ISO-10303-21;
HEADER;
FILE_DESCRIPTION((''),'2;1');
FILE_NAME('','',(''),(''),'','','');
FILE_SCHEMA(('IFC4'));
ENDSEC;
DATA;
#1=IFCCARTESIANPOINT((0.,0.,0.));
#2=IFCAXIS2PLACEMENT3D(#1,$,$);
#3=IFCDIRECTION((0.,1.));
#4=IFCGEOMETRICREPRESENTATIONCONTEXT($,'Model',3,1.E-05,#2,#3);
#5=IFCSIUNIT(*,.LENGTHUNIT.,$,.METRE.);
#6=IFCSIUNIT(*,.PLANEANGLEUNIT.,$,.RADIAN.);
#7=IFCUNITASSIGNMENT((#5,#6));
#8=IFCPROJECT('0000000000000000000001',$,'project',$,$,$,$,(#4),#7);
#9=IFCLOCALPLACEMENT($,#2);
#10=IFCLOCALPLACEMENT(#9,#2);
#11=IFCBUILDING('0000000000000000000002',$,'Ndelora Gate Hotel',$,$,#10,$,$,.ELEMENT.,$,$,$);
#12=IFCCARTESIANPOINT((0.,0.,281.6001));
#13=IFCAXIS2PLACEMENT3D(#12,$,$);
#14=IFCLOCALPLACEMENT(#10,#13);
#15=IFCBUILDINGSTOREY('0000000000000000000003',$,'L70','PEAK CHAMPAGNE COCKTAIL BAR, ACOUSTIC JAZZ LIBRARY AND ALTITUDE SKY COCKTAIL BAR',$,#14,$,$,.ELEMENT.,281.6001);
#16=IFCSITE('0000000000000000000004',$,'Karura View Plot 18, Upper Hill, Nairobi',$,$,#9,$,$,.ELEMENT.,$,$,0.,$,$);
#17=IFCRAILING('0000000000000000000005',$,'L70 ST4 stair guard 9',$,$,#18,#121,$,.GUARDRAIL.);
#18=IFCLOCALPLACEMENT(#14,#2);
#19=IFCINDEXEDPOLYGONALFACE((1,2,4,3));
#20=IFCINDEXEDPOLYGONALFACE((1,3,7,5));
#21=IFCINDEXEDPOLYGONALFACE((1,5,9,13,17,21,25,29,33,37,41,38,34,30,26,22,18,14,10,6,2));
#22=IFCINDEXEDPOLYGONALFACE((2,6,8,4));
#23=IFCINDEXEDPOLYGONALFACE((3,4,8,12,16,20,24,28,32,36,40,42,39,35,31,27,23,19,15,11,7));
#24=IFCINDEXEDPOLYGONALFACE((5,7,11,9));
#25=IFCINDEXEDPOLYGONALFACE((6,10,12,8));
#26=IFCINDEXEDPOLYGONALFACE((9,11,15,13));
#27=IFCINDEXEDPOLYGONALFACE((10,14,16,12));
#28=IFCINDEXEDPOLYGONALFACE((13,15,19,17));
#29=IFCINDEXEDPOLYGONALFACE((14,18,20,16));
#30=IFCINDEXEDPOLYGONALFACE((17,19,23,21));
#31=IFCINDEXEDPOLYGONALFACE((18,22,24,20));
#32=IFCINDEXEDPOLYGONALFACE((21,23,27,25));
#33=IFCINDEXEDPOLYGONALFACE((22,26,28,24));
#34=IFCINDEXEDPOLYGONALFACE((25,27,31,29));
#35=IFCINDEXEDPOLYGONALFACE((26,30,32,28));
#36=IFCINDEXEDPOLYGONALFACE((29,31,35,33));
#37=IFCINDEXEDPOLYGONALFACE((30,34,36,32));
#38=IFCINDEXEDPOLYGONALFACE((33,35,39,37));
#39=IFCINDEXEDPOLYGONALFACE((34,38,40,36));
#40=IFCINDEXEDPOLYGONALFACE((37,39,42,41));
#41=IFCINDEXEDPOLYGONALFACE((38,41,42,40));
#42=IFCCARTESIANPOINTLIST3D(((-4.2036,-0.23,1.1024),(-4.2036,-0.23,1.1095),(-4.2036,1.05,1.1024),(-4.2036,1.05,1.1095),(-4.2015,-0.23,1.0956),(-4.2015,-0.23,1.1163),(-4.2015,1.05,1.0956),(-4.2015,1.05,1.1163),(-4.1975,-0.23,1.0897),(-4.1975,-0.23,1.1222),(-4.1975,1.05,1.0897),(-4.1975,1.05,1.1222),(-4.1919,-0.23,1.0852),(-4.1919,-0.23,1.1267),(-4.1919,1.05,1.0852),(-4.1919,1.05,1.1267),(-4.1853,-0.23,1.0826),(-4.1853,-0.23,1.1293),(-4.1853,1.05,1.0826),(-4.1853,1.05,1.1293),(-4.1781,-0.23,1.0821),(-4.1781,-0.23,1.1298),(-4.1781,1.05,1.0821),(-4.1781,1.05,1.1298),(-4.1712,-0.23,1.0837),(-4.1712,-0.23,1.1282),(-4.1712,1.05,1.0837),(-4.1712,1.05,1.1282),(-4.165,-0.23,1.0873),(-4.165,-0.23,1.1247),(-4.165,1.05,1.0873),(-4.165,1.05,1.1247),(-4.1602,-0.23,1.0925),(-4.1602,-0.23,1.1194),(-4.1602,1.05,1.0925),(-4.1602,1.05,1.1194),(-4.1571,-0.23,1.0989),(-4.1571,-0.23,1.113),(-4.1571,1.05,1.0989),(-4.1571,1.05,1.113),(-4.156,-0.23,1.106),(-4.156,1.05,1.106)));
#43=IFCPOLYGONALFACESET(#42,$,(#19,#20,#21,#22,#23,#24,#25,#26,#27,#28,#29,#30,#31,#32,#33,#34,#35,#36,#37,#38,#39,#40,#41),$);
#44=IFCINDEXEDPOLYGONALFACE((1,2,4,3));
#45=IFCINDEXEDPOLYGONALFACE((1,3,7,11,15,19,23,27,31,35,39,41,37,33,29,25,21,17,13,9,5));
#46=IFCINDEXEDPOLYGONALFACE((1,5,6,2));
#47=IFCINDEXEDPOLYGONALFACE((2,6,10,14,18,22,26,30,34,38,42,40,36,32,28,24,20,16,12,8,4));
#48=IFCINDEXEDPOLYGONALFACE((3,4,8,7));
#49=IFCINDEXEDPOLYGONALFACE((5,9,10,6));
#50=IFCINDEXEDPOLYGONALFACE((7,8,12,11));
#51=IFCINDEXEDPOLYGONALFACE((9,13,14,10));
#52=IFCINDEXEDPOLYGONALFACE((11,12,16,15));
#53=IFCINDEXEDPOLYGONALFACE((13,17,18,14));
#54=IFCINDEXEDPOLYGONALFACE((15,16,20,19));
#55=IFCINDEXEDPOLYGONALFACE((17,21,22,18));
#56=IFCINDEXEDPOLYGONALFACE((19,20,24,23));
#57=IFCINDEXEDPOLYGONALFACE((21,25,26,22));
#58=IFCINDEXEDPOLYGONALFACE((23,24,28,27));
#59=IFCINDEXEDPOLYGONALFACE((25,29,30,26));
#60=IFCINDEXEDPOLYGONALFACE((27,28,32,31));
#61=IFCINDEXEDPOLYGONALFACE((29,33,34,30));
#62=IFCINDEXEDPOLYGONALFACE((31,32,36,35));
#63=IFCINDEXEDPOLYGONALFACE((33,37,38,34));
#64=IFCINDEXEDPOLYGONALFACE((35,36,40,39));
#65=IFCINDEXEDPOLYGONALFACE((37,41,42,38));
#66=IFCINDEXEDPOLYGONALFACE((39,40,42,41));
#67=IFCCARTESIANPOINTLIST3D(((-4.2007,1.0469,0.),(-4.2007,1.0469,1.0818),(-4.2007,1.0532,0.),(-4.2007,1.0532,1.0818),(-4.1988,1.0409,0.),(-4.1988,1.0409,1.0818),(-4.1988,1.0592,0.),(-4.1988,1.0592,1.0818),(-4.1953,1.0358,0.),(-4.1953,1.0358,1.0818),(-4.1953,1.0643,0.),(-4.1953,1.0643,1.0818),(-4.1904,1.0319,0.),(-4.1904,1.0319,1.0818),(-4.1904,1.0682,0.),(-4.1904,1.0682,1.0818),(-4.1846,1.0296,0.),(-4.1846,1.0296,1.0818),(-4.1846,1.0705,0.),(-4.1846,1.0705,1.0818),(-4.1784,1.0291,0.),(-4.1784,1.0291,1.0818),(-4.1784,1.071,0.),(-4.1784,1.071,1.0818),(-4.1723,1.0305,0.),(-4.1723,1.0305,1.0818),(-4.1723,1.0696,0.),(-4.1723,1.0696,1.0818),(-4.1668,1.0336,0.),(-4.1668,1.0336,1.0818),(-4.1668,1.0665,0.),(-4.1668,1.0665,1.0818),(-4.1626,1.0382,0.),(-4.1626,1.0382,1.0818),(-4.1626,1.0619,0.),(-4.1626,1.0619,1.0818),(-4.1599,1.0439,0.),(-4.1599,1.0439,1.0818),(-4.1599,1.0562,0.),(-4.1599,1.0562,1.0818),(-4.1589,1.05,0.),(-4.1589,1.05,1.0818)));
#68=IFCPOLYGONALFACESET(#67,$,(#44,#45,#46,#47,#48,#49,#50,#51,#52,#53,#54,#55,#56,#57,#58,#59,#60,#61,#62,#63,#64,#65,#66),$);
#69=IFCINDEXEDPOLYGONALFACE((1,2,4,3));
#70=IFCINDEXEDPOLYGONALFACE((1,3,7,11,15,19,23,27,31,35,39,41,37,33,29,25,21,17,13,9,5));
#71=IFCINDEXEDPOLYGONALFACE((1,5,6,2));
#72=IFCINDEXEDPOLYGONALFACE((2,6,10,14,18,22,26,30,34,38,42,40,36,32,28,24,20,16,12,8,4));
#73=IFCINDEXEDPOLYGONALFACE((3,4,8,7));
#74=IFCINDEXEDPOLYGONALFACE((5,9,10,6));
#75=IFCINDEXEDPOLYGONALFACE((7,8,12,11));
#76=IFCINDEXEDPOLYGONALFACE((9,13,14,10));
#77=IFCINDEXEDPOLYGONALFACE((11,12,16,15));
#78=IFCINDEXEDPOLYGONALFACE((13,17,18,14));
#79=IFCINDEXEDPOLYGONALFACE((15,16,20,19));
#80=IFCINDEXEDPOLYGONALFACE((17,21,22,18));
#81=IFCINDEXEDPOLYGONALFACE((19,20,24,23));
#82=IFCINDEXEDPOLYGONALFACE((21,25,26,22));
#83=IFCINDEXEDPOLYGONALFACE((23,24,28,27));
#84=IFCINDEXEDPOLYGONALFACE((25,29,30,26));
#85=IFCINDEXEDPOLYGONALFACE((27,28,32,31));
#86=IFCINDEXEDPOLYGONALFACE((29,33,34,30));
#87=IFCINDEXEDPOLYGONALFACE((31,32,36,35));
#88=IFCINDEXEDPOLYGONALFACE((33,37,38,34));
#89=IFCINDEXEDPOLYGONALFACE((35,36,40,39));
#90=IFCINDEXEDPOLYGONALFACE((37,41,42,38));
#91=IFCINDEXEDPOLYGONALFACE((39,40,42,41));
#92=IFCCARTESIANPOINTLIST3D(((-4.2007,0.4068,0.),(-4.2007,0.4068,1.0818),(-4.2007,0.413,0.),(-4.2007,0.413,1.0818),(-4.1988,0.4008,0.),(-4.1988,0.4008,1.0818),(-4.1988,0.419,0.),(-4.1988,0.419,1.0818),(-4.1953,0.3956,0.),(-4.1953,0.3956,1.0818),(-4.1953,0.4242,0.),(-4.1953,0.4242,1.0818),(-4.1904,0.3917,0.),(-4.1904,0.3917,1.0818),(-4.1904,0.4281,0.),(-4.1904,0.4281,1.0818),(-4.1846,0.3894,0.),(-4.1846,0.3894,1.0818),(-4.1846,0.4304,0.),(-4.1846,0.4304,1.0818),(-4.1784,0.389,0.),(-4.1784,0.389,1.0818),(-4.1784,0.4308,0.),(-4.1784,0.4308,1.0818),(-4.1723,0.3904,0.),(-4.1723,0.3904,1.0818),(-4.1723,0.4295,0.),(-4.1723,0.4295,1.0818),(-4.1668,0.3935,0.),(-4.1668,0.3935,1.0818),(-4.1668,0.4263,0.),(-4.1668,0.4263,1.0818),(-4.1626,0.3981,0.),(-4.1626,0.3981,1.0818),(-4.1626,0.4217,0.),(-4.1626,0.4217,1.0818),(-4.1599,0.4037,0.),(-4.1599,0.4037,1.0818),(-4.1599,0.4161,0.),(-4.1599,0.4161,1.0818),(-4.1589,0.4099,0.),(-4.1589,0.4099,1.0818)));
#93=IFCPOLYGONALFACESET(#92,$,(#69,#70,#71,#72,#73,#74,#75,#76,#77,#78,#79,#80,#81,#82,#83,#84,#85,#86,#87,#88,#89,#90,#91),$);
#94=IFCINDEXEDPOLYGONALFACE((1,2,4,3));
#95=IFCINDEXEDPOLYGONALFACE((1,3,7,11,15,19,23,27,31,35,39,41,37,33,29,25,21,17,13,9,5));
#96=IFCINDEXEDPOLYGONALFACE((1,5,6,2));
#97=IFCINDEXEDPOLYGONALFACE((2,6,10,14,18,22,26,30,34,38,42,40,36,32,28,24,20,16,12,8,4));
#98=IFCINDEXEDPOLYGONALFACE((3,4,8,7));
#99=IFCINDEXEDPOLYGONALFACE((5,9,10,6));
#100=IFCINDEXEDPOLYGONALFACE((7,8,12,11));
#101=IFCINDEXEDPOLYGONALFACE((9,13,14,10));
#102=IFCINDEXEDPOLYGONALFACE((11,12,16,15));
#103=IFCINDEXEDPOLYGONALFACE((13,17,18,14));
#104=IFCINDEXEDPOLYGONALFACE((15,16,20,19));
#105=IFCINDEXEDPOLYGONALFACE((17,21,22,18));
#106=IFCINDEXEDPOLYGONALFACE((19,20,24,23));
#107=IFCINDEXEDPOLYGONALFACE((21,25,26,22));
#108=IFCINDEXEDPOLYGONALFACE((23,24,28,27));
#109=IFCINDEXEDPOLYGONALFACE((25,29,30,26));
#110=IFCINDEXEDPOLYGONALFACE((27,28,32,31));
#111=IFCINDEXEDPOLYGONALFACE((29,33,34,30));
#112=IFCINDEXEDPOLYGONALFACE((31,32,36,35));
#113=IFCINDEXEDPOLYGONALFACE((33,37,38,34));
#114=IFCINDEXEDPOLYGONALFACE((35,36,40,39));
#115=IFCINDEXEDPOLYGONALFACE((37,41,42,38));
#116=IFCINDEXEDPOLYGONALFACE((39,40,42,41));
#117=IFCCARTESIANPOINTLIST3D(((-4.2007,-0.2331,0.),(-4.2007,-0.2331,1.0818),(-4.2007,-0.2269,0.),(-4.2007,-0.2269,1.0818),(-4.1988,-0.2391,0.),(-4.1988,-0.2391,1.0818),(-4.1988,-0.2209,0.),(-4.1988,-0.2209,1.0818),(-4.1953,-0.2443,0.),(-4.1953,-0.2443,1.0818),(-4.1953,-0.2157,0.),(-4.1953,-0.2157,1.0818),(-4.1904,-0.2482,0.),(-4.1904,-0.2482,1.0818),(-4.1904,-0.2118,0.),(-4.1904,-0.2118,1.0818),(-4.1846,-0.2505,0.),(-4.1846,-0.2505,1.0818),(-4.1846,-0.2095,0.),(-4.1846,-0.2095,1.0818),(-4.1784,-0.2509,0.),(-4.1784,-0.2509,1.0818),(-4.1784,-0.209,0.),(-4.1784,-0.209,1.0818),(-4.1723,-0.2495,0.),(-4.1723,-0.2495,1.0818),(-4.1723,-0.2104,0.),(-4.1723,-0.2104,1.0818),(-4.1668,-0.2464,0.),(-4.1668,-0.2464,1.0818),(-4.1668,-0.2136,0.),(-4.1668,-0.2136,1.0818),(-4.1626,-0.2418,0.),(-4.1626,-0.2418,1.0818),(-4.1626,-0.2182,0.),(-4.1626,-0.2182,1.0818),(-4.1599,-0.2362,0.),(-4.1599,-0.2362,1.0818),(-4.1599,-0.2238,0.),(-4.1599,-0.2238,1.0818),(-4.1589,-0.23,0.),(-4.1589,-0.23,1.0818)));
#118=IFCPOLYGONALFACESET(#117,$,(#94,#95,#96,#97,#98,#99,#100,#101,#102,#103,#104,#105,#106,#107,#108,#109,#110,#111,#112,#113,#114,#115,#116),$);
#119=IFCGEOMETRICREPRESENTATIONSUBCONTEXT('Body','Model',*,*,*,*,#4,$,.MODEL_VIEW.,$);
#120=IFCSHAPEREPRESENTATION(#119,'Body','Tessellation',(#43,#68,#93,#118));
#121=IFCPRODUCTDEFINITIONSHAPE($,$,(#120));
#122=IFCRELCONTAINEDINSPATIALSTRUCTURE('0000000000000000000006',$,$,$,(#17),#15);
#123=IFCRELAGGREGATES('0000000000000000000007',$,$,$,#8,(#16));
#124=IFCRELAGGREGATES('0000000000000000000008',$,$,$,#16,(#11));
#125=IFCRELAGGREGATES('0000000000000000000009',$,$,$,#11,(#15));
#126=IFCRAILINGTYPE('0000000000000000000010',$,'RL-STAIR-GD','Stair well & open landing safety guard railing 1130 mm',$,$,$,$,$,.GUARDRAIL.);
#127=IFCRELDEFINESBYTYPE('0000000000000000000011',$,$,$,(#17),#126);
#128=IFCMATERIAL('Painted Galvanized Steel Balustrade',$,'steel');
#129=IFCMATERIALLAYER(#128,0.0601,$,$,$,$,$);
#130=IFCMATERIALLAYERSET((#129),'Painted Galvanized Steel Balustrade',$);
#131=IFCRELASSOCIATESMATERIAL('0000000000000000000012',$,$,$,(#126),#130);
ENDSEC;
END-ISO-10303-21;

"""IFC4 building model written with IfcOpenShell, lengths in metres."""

from ifc_helpers import new_model, si_unit, direction, frame, origin, origin_2d, place, context, subcontext, project, spatial, circle, extrude, material, layer, layer_set, type_object, element, save


model = new_model("IFC4")

# Units and contexts
model_context = context("Model", 3, precision=1e-05, world=origin(), true_north=direction((0.0, 1.0)))
body_context = subcontext(model_context, "Body", "Model", "MODEL_VIEW")
ifc_project = project(units=[si_unit("LENGTHUNIT", "METRE"), si_unit("PLANEANGLEUNIT", "RADIAN")], contexts=[model_context])

# Site, building, storey
site_placement = place(None, origin())
site = spatial("IfcSite", under=ifc_project, at=site_placement, Name="Karura View Plot 18, Upper Hill, Nairobi", CompositionType="ELEMENT", RefElevation=0.0)
building_placement = place(site_placement, origin())
building = spatial("IfcBuilding", under=site, at=building_placement, Name="Ndelora Gate Hotel", CompositionType="ELEMENT")
storey_placement = place(building_placement, frame((0.0, 0.0, 281.6001)))
storey = spatial("IfcBuildingStorey", under=building, at=storey_placement, Name="L70", Description="PEAK CHAMPAGNE COCKTAIL BAR, ACOUSTIC JAZZ LIBRARY AND ALTITUDE SKY COCKTAIL BAR", CompositionType="ELEMENT", Elevation=281.6001)

# Railing
ifc_material_1 = material(Name="Painted Galvanized Steel Balustrade", Category="steel")
ifc_layer_1 = layer(ifc_material_1, 0.0601)
ifc_layer_set_1 = layer_set([ifc_layer_1], Name="Painted Galvanized Steel Balustrade")
railing_type_1 = type_object("IfcRailingType", Name="RL-STAIR-GD", Description="Stair well & open landing safety guard railing 1130 mm", PredefinedType="GUARDRAIL", material=ifc_layer_set_1)
for number, where, name in (
    (1, (-4.1799, 1.05, 0.0), "L70 ST4 stair guard 9"),
):
    element("IfcRailing", number, at=place(storey_placement, frame(where)), inside=storey, type_object=railing_type_1, Name=name, PredefinedType="GUARDRAIL", context=body_context, shape_type="SweptSolid", body=[
        extrude(circle(Radius=0.0239, at=origin_2d()), frame((0.0, 0.0, 1.106), z_axis=(0.0, -1.0, 0.0), x_axis=(1.0, 0.0, 0.0)), (0.0, 0.0, 1.0), 1.28),
        extrude(circle(Radius=0.021, at=origin_2d()), origin(), (0.0, 0.0, 1.0), 1.0818),
        extrude(circle(Radius=0.021, at=origin_2d()), frame((0.0, -0.6401, 0.0)), (0.0, 0.0, 1.0), 1.0818),
        extrude(circle(Radius=0.021, at=origin_2d()), frame((0.0, -1.28, 0.0)), (0.0, 0.0, 1.0), 1.0818),
    ])

save(model, "model.ifc")
